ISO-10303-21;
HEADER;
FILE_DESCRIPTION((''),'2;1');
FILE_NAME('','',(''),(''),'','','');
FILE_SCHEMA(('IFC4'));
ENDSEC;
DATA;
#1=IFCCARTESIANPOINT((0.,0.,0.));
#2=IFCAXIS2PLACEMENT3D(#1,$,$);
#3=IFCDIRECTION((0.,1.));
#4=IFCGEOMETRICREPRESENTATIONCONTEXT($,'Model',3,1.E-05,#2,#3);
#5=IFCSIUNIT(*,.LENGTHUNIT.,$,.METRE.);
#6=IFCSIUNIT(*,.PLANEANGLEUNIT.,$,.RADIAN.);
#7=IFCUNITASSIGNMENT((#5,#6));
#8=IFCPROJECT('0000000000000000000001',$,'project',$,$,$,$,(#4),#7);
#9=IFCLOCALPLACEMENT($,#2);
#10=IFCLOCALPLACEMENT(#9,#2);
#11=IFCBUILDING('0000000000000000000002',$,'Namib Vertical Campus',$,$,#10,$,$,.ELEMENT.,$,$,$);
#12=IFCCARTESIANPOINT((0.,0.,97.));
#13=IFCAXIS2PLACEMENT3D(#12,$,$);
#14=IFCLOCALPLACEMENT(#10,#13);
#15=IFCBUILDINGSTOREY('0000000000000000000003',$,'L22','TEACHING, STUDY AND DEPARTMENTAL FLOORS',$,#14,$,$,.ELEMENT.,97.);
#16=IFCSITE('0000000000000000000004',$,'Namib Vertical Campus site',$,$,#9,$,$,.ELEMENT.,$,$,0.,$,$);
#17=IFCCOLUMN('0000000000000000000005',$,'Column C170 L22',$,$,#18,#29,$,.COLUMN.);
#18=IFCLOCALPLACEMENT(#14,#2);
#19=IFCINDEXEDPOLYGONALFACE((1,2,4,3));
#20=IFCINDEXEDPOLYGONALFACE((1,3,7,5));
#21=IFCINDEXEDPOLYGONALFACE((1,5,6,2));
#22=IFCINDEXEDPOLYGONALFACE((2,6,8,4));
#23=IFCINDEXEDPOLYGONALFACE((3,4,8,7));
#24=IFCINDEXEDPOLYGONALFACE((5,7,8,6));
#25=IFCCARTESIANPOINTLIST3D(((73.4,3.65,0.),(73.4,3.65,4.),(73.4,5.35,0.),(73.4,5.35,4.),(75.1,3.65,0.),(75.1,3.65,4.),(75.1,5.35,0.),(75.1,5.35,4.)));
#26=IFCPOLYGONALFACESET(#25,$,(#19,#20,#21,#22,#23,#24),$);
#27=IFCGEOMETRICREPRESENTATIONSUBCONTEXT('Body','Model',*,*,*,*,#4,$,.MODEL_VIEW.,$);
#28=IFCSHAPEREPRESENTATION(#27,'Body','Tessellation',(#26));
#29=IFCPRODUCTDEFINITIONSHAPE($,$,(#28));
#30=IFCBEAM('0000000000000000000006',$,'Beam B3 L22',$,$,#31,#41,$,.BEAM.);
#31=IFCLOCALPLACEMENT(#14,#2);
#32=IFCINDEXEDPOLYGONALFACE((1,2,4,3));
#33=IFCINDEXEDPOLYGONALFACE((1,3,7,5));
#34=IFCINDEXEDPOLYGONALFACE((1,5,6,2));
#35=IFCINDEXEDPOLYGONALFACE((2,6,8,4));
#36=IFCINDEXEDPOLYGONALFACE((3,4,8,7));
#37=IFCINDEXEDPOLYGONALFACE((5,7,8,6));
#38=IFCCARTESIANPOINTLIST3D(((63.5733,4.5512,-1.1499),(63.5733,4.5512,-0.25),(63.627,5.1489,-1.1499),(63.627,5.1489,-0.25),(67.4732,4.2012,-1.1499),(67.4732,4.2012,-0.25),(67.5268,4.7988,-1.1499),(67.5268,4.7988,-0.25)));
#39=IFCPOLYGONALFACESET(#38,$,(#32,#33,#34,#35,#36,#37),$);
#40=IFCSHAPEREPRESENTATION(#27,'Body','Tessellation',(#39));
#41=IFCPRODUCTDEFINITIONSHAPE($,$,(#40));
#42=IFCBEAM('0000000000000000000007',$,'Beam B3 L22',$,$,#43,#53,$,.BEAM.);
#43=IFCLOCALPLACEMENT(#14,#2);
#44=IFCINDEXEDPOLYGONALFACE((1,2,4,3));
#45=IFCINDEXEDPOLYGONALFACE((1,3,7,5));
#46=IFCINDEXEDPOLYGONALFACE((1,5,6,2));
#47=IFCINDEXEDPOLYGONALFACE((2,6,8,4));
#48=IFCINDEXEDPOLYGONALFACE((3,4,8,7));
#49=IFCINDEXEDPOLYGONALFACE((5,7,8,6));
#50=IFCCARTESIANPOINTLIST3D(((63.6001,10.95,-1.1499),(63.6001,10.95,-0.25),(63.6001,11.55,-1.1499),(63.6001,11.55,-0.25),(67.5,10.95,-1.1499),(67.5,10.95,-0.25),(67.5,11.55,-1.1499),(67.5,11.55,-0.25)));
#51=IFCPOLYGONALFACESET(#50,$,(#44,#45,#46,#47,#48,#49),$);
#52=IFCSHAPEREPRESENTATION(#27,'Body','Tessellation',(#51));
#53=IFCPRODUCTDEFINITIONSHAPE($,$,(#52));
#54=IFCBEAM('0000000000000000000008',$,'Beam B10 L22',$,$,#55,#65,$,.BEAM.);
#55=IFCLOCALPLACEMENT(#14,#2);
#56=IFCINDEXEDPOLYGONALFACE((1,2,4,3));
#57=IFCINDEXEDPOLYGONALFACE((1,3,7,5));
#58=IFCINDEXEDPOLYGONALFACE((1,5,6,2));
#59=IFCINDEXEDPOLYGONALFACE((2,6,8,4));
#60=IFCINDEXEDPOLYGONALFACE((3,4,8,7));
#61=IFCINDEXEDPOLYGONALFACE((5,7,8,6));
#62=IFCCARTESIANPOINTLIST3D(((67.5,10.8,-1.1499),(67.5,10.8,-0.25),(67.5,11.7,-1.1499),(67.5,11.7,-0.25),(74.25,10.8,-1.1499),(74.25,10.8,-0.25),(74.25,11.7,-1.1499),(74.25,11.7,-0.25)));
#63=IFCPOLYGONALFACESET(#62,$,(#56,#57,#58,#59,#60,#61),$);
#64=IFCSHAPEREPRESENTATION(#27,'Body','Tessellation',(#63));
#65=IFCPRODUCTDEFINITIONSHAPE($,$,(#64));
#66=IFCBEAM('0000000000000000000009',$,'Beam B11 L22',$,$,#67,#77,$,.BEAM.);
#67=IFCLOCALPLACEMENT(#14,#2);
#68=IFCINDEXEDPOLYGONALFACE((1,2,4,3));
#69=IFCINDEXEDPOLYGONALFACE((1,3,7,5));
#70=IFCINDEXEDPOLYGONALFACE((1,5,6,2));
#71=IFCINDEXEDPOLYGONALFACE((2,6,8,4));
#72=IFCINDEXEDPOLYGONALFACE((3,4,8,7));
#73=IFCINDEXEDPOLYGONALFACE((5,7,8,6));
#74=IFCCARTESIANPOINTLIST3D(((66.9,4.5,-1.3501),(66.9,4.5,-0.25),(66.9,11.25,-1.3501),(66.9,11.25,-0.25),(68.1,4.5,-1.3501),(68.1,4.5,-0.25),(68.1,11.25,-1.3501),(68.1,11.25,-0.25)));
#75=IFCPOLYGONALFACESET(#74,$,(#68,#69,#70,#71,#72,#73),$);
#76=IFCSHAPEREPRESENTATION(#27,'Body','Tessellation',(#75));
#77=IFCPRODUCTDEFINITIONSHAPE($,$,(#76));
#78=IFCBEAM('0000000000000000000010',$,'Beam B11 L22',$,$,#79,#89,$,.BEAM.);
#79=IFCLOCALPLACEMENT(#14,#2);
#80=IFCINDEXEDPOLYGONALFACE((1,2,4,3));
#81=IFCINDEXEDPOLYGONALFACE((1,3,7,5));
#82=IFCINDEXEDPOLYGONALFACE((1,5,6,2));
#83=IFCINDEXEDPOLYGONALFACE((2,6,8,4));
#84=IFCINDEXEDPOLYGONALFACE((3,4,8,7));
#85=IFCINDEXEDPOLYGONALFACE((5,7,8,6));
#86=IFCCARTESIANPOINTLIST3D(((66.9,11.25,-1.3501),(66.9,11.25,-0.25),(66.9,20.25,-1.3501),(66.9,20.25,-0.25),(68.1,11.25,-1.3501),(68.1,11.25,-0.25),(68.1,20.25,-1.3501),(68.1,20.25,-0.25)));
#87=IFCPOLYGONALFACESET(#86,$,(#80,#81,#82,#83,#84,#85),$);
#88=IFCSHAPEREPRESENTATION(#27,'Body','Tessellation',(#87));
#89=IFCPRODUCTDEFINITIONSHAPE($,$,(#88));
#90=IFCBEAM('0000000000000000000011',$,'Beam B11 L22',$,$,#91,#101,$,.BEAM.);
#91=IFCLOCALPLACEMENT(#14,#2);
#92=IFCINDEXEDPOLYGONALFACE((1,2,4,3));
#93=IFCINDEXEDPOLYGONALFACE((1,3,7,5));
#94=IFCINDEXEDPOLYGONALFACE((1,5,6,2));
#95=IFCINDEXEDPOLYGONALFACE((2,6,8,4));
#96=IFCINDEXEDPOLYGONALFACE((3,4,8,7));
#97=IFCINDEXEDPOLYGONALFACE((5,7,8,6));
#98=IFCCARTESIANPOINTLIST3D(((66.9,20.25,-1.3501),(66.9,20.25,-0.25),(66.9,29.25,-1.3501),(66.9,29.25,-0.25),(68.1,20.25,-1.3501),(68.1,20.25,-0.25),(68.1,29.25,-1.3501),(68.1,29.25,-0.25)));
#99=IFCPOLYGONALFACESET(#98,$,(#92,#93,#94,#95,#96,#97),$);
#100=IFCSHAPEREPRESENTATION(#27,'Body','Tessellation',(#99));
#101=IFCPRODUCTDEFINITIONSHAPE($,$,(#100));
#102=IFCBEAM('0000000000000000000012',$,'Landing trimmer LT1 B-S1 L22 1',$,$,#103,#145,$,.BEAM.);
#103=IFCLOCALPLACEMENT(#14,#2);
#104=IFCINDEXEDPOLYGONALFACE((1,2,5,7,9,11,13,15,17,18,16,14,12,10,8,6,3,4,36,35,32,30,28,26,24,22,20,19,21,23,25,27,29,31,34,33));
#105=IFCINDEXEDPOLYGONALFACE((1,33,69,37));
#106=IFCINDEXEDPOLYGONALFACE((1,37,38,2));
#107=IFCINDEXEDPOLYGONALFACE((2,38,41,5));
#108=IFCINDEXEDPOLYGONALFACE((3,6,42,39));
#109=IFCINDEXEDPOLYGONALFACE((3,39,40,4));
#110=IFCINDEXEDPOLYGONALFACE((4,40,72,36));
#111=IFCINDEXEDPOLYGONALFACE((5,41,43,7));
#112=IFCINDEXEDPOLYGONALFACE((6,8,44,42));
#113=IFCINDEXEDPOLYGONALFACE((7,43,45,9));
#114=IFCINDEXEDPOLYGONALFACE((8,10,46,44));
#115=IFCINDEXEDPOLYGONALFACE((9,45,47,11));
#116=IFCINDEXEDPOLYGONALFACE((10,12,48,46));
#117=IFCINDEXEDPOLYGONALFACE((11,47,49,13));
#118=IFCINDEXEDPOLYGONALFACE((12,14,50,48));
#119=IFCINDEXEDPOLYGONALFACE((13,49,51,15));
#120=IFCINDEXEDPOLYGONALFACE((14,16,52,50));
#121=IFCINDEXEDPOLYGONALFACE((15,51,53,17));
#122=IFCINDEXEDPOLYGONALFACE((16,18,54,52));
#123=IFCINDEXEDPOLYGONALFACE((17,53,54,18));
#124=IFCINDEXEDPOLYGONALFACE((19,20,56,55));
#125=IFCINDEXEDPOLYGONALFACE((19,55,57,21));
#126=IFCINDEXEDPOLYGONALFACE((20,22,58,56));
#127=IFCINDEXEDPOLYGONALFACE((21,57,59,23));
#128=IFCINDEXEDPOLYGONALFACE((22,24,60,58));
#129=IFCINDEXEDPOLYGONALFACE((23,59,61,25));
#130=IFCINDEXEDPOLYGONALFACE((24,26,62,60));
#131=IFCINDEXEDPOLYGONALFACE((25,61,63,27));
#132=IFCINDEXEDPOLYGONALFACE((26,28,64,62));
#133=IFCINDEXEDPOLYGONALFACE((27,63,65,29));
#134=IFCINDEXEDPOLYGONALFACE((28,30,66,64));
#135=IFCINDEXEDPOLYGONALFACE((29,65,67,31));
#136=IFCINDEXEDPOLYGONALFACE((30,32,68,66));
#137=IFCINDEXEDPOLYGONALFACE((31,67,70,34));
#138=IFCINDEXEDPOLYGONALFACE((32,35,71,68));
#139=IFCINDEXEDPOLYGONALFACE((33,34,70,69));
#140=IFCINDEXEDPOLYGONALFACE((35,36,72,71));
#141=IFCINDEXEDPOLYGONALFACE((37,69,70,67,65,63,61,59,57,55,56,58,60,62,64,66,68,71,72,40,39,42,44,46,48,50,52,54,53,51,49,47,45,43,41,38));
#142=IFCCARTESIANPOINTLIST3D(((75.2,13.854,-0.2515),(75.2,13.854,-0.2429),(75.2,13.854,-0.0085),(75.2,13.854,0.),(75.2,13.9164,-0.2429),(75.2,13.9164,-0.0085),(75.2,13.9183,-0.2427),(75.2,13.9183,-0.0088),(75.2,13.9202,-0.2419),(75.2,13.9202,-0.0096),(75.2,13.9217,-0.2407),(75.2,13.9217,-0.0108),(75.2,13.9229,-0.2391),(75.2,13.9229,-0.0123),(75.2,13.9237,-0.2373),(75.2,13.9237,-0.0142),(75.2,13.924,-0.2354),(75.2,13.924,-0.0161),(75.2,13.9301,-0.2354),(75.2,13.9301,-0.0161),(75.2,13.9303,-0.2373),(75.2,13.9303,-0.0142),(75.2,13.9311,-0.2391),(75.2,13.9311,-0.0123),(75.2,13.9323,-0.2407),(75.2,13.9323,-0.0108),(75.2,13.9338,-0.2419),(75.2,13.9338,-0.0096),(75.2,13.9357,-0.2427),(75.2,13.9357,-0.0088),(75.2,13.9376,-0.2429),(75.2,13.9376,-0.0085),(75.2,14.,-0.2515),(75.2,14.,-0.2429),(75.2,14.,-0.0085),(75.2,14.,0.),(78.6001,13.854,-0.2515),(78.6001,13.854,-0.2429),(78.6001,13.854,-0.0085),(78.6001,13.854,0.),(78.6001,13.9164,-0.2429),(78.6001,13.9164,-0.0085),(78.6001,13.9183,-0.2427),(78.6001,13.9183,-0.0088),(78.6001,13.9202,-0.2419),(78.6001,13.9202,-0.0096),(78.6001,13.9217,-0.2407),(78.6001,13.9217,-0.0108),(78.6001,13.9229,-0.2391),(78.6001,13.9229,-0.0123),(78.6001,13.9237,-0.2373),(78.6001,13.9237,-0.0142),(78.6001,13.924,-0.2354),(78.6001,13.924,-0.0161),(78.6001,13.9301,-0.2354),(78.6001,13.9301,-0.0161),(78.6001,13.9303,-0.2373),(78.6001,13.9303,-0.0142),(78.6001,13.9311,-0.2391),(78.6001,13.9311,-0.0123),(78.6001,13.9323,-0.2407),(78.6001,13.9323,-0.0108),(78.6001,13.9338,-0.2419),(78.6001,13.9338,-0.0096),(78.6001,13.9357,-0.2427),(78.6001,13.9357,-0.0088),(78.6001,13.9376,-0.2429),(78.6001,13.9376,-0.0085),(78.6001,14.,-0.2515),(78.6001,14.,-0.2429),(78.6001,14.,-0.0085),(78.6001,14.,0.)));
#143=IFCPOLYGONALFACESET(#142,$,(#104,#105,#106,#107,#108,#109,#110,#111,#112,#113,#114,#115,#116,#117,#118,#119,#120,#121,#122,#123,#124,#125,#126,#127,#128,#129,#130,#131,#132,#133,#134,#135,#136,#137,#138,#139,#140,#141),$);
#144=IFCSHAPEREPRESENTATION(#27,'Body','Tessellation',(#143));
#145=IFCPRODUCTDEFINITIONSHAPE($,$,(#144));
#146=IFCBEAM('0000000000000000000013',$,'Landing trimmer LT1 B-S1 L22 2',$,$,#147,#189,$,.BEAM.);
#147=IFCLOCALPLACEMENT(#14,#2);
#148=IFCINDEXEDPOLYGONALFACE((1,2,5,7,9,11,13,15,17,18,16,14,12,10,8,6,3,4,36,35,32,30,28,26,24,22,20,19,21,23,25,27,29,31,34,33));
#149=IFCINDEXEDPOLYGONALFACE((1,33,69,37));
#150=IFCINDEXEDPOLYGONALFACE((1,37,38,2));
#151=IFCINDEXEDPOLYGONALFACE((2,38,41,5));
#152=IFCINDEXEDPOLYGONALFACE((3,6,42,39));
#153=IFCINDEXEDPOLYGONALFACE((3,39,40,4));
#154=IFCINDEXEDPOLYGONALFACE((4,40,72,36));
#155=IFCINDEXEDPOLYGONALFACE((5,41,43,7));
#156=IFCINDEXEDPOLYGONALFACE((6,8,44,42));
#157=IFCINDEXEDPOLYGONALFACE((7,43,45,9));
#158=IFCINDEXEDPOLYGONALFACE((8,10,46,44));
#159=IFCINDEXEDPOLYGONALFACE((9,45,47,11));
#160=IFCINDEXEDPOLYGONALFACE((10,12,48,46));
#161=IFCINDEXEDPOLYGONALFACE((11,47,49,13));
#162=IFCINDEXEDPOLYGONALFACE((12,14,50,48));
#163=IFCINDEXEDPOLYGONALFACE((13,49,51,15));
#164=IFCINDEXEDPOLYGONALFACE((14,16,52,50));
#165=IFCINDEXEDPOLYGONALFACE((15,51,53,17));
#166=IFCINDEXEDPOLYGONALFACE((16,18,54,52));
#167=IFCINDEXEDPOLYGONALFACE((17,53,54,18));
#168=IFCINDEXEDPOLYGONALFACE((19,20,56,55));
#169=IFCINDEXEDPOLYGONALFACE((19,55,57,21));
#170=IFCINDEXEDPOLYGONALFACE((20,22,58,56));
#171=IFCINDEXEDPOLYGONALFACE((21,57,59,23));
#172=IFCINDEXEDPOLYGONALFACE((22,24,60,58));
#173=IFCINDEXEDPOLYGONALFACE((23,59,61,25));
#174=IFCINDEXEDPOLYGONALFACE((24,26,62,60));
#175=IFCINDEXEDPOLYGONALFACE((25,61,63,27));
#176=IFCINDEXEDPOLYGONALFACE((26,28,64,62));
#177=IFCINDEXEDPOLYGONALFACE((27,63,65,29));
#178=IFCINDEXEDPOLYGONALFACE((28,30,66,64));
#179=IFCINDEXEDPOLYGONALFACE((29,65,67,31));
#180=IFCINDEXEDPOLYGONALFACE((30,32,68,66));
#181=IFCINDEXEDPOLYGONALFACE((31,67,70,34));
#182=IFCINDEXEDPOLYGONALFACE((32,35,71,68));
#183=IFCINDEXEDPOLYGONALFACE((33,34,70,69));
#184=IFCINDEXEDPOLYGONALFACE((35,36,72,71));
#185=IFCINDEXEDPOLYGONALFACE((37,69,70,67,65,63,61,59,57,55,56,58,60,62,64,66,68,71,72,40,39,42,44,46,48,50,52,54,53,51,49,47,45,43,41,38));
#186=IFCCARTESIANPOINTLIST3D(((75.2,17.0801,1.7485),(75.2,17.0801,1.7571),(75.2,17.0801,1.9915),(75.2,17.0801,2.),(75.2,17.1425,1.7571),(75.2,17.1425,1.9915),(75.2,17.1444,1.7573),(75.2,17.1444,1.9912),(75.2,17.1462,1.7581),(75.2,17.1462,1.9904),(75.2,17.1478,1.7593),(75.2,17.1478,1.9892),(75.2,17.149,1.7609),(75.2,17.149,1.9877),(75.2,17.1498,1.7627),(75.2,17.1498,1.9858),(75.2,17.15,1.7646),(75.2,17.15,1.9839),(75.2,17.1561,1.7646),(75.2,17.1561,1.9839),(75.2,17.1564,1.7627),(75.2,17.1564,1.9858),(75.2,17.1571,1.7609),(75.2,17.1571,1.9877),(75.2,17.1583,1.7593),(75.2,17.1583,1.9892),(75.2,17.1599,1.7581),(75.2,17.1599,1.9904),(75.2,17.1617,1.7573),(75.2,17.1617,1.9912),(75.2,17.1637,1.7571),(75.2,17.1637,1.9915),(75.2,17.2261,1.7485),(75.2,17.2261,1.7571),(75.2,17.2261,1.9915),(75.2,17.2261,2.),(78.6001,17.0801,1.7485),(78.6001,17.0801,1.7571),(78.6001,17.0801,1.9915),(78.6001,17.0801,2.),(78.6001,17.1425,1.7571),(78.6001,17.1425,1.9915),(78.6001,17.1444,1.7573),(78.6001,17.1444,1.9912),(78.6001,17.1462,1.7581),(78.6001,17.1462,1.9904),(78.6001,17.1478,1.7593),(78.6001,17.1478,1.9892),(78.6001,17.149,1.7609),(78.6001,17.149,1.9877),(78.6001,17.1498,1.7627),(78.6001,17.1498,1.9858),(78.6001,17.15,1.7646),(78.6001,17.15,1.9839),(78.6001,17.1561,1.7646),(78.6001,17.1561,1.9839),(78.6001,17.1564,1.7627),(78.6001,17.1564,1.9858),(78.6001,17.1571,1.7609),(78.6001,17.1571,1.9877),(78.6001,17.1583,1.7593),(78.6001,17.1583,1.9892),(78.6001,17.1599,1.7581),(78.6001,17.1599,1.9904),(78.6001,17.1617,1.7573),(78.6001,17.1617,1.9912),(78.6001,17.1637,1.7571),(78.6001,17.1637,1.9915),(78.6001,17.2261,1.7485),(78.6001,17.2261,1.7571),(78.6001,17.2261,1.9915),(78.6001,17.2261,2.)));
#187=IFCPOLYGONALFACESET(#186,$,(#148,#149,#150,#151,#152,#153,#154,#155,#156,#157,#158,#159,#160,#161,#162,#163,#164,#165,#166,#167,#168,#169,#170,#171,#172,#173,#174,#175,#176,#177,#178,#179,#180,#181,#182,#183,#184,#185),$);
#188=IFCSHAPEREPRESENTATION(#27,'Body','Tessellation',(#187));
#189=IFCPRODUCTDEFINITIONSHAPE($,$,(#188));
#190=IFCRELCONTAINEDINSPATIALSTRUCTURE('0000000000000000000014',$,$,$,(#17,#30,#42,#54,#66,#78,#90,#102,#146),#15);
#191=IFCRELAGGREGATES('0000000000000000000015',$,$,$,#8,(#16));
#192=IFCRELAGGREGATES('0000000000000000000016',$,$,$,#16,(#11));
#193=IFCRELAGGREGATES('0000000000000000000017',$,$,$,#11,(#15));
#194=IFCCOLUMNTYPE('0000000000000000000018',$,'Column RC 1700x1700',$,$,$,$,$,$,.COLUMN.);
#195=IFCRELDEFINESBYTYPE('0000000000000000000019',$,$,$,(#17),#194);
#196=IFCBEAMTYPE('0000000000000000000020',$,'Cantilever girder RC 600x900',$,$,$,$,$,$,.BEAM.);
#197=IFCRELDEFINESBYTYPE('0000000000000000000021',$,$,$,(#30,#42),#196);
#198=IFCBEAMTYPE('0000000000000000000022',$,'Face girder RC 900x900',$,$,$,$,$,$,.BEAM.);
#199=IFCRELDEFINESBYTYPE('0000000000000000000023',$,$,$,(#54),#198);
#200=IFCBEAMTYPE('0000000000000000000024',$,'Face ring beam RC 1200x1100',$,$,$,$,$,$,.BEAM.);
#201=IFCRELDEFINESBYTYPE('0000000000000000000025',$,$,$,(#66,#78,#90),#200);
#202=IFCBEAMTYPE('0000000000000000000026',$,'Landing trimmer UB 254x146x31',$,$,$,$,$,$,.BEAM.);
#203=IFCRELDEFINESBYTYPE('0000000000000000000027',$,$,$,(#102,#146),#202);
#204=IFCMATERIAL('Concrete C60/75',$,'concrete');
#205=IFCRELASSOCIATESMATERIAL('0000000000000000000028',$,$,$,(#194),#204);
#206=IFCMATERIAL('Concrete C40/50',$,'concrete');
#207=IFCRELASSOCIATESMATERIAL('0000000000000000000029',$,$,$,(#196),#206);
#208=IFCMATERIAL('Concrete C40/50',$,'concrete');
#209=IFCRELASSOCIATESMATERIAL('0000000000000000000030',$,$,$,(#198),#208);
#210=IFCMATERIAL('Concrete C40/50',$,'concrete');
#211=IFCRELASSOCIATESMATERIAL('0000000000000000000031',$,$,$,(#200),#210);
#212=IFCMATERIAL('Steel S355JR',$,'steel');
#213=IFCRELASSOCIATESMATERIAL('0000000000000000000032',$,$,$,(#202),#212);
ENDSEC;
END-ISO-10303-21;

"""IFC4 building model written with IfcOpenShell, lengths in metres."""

from ifc_helpers import new_model, si_unit, direction, frame, origin, origin_2d, place, context, subcontext, project, spatial, rectangle, i_section, extrude, material, material_profile, profile_set, type_object, element, save


model = new_model("IFC4")

# Units and contexts
model_context = context("Model", 3, precision=1e-05, world=origin(), true_north=direction((0.0, 1.0)))
body_context = subcontext(model_context, "Body", "Model", "MODEL_VIEW")
ifc_project = project(units=[si_unit("LENGTHUNIT", "METRE"), si_unit("PLANEANGLEUNIT", "RADIAN")], contexts=[model_context])

# Site, building, storey
site_placement = place(None, origin())
site = spatial("IfcSite", under=ifc_project, at=site_placement, Name="Namib Vertical Campus site", CompositionType="ELEMENT", RefElevation=0.0)
building_placement = place(site_placement, origin())
building = spatial("IfcBuilding", under=site, at=building_placement, Name="Namib Vertical Campus", CompositionType="ELEMENT")
storey_placement = place(building_placement, frame((0.0, 0.0, 97.0)))
storey = spatial("IfcBuildingStorey", under=building, at=storey_placement, Name="L22", Description="TEACHING, STUDY AND DEPARTMENTAL FLOORS", CompositionType="ELEMENT", Elevation=97.0)

# Column
ifc_material_1 = material(Name="Concrete C60/75", Category="concrete")
ifc_material_profile_1 = material_profile(ifc_material_1, rectangle(XDim=1.7, YDim=1.7, at=origin_2d()))
ifc_profile_set_1 = profile_set([ifc_material_profile_1], Name="Concrete C60/75")
column_type = type_object("IfcColumnType", Name="Column RC 1700x1700", PredefinedType="COLUMN", material=ifc_profile_set_1)
column_placement = place(storey_placement, frame((74.25, 4.5, 0.0), z_axis=(0.0, 0.0, 1.0), x_axis=(1.0, 0.0, 0.0)))
element("IfcColumn", 1, at=column_placement, inside=storey, type_object=column_type, Name="Column C170 L22", PredefinedType="COLUMN", context=body_context, shape_type="SweptSolid", body=[
    extrude(rectangle(XDim=1.7, YDim=1.7, at=origin_2d()), origin(), (0.0, 0.0, 1.0), 4.0),
])

# Beams
ifc_material_2 = material(Name="Concrete C40/50", Category="concrete")
ifc_material_profile_2 = material_profile(ifc_material_2, rectangle(XDim=0.6001, YDim=0.8999, at=origin_2d()))
ifc_profile_set_2 = profile_set([ifc_material_profile_2], Name="Concrete C40/50")
beam_type_1 = type_object("IfcBeamType", Name="Cantilever girder RC 600x900", PredefinedType="BEAM", material=ifc_profile_set_2)
beam_1_placement = place(storey_placement, frame((67.5, 4.5, -0.7), z_axis=(-0.995995, 0.089411, 0.0), x_axis=(-0.089411, -0.995995, 0.0)))
element("IfcBeam", 2, at=beam_1_placement, inside=storey, type_object=beam_type_1, Name="Beam B3 L22", PredefinedType="BEAM", context=body_context, shape_type="SweptSolid", body=[
    extrude(rectangle(XDim=0.6001, YDim=0.8999, at=origin_2d()), origin(), (0.0, 0.0, 1.0), 3.9155),
])
beam_2_placement = place(storey_placement, frame((67.5, 11.25, -0.7), z_axis=(-1.0, 0.0, 0.0), x_axis=(0.0, -1.0, 0.0)))
element("IfcBeam", 3, at=beam_2_placement, inside=storey, type_object=beam_type_1, Name="Beam B3 L22", PredefinedType="BEAM", context=body_context, shape_type="SweptSolid", body=[
    extrude(rectangle(XDim=0.6001, YDim=0.8999, at=origin_2d()), origin(), (0.0, 0.0, 1.0), 3.8999),
])
ifc_material_3 = material(Name="Concrete C40/50", Category="concrete")
ifc_material_profile_3 = material_profile(ifc_material_3, rectangle(XDim=0.8999, YDim=0.8999, at=origin_2d()))
ifc_profile_set_3 = profile_set([ifc_material_profile_3], Name="Concrete C40/50")
beam_type_2 = type_object("IfcBeamType", Name="Face girder RC 900x900", PredefinedType="BEAM", material=ifc_profile_set_3)
beam_3_placement = place(storey_placement, frame((67.5, 11.25, -0.7), z_axis=(1.0, 0.0, 0.0), x_axis=(0.0, 1.0, 0.0)))
element("IfcBeam", 4, at=beam_3_placement, inside=storey, type_object=beam_type_2, Name="Beam B10 L22", PredefinedType="BEAM", context=body_context, shape_type="SweptSolid", body=[
    extrude(rectangle(XDim=0.8999, YDim=0.8999, at=origin_2d()), origin(), (0.0, 0.0, 1.0), 6.75),
])
ifc_material_4 = material(Name="Concrete C40/50", Category="concrete")
ifc_material_profile_4 = material_profile(ifc_material_4, rectangle(XDim=1.2, YDim=1.1001, at=origin_2d()))
ifc_profile_set_4 = profile_set([ifc_material_profile_4], Name="Concrete C40/50")
beam_type_3 = type_object("IfcBeamType", Name="Face ring beam RC 1200x1100", PredefinedType="BEAM", material=ifc_profile_set_4)
beam_4_placement = place(storey_placement, frame((67.5, 4.5, -0.8), z_axis=(0.0, 1.0, 0.0), x_axis=(-1.0, 0.0, 0.0)))
element("IfcBeam", 5, at=beam_4_placement, inside=storey, type_object=beam_type_3, Name="Beam B11 L22", PredefinedType="BEAM", context=body_context, shape_type="SweptSolid", body=[
    extrude(rectangle(XDim=1.2, YDim=1.1001, at=origin_2d()), origin(), (0.0, 0.0, 1.0), 6.75),
])
for number, where, z_axis, x_axis, name in (
    (6, (67.5, 11.25, -0.8), (0.0, 1.0, 0.0), (-1.0, 0.0, 0.0), "Beam B11 L22"),
    (7, (67.5, 20.25, -0.8), (0.0, 1.0, 0.0), (-1.0, 0.0, 0.0), "Beam B11 L22"),
):
    element("IfcBeam", number, at=place(storey_placement, frame(where, z_axis=z_axis, x_axis=x_axis)), inside=storey, type_object=beam_type_3, Name=name, PredefinedType="BEAM", context=body_context, shape_type="SweptSolid", body=[
        extrude(rectangle(XDim=1.2, YDim=1.1001, at=origin_2d()), origin(), (0.0, 0.0, 1.0), 9.0),
    ])
ifc_material_5 = material(Name="Steel S355JR", Category="steel")
ifc_material_profile_5 = material_profile(ifc_material_5, i_section(OverallWidth=0.146, OverallDepth=0.2515, WebThickness=0.0061, FlangeThickness=0.0085, FilletRadius=0.0076, at=origin_2d()))
ifc_profile_set_5 = profile_set([ifc_material_profile_5], Name="Steel S355JR")
beam_type_4 = type_object("IfcBeamType", Name="Landing trimmer UB 254x146x31", PredefinedType="BEAM", material=ifc_profile_set_5)
for number, where, z_axis, x_axis, name in (
    (8, (75.2, 13.927, -0.1257), (1.0, 0.0, 0.0), (0.0, 1.0, 0.0), "Landing trimmer LT1 B-S1 L22 1"),
    (9, (75.2, 17.1531, 1.8743), (1.0, 0.0, 0.0), (0.0, 1.0, 0.0), "Landing trimmer LT1 B-S1 L22 2"),
):
    element("IfcBeam", number, at=place(storey_placement, frame(where, z_axis=z_axis, x_axis=x_axis)), inside=storey, type_object=beam_type_4, Name=name, PredefinedType="BEAM", context=body_context, shape_type="SweptSolid", body=[
        extrude(i_section(OverallWidth=0.146, OverallDepth=0.2515, WebThickness=0.0061, FlangeThickness=0.0085, FilletRadius=0.0076, at=origin_2d()), origin(), (0.0, 0.0, 1.0), 3.4001),
    ])

save(model, "model.ifc")
